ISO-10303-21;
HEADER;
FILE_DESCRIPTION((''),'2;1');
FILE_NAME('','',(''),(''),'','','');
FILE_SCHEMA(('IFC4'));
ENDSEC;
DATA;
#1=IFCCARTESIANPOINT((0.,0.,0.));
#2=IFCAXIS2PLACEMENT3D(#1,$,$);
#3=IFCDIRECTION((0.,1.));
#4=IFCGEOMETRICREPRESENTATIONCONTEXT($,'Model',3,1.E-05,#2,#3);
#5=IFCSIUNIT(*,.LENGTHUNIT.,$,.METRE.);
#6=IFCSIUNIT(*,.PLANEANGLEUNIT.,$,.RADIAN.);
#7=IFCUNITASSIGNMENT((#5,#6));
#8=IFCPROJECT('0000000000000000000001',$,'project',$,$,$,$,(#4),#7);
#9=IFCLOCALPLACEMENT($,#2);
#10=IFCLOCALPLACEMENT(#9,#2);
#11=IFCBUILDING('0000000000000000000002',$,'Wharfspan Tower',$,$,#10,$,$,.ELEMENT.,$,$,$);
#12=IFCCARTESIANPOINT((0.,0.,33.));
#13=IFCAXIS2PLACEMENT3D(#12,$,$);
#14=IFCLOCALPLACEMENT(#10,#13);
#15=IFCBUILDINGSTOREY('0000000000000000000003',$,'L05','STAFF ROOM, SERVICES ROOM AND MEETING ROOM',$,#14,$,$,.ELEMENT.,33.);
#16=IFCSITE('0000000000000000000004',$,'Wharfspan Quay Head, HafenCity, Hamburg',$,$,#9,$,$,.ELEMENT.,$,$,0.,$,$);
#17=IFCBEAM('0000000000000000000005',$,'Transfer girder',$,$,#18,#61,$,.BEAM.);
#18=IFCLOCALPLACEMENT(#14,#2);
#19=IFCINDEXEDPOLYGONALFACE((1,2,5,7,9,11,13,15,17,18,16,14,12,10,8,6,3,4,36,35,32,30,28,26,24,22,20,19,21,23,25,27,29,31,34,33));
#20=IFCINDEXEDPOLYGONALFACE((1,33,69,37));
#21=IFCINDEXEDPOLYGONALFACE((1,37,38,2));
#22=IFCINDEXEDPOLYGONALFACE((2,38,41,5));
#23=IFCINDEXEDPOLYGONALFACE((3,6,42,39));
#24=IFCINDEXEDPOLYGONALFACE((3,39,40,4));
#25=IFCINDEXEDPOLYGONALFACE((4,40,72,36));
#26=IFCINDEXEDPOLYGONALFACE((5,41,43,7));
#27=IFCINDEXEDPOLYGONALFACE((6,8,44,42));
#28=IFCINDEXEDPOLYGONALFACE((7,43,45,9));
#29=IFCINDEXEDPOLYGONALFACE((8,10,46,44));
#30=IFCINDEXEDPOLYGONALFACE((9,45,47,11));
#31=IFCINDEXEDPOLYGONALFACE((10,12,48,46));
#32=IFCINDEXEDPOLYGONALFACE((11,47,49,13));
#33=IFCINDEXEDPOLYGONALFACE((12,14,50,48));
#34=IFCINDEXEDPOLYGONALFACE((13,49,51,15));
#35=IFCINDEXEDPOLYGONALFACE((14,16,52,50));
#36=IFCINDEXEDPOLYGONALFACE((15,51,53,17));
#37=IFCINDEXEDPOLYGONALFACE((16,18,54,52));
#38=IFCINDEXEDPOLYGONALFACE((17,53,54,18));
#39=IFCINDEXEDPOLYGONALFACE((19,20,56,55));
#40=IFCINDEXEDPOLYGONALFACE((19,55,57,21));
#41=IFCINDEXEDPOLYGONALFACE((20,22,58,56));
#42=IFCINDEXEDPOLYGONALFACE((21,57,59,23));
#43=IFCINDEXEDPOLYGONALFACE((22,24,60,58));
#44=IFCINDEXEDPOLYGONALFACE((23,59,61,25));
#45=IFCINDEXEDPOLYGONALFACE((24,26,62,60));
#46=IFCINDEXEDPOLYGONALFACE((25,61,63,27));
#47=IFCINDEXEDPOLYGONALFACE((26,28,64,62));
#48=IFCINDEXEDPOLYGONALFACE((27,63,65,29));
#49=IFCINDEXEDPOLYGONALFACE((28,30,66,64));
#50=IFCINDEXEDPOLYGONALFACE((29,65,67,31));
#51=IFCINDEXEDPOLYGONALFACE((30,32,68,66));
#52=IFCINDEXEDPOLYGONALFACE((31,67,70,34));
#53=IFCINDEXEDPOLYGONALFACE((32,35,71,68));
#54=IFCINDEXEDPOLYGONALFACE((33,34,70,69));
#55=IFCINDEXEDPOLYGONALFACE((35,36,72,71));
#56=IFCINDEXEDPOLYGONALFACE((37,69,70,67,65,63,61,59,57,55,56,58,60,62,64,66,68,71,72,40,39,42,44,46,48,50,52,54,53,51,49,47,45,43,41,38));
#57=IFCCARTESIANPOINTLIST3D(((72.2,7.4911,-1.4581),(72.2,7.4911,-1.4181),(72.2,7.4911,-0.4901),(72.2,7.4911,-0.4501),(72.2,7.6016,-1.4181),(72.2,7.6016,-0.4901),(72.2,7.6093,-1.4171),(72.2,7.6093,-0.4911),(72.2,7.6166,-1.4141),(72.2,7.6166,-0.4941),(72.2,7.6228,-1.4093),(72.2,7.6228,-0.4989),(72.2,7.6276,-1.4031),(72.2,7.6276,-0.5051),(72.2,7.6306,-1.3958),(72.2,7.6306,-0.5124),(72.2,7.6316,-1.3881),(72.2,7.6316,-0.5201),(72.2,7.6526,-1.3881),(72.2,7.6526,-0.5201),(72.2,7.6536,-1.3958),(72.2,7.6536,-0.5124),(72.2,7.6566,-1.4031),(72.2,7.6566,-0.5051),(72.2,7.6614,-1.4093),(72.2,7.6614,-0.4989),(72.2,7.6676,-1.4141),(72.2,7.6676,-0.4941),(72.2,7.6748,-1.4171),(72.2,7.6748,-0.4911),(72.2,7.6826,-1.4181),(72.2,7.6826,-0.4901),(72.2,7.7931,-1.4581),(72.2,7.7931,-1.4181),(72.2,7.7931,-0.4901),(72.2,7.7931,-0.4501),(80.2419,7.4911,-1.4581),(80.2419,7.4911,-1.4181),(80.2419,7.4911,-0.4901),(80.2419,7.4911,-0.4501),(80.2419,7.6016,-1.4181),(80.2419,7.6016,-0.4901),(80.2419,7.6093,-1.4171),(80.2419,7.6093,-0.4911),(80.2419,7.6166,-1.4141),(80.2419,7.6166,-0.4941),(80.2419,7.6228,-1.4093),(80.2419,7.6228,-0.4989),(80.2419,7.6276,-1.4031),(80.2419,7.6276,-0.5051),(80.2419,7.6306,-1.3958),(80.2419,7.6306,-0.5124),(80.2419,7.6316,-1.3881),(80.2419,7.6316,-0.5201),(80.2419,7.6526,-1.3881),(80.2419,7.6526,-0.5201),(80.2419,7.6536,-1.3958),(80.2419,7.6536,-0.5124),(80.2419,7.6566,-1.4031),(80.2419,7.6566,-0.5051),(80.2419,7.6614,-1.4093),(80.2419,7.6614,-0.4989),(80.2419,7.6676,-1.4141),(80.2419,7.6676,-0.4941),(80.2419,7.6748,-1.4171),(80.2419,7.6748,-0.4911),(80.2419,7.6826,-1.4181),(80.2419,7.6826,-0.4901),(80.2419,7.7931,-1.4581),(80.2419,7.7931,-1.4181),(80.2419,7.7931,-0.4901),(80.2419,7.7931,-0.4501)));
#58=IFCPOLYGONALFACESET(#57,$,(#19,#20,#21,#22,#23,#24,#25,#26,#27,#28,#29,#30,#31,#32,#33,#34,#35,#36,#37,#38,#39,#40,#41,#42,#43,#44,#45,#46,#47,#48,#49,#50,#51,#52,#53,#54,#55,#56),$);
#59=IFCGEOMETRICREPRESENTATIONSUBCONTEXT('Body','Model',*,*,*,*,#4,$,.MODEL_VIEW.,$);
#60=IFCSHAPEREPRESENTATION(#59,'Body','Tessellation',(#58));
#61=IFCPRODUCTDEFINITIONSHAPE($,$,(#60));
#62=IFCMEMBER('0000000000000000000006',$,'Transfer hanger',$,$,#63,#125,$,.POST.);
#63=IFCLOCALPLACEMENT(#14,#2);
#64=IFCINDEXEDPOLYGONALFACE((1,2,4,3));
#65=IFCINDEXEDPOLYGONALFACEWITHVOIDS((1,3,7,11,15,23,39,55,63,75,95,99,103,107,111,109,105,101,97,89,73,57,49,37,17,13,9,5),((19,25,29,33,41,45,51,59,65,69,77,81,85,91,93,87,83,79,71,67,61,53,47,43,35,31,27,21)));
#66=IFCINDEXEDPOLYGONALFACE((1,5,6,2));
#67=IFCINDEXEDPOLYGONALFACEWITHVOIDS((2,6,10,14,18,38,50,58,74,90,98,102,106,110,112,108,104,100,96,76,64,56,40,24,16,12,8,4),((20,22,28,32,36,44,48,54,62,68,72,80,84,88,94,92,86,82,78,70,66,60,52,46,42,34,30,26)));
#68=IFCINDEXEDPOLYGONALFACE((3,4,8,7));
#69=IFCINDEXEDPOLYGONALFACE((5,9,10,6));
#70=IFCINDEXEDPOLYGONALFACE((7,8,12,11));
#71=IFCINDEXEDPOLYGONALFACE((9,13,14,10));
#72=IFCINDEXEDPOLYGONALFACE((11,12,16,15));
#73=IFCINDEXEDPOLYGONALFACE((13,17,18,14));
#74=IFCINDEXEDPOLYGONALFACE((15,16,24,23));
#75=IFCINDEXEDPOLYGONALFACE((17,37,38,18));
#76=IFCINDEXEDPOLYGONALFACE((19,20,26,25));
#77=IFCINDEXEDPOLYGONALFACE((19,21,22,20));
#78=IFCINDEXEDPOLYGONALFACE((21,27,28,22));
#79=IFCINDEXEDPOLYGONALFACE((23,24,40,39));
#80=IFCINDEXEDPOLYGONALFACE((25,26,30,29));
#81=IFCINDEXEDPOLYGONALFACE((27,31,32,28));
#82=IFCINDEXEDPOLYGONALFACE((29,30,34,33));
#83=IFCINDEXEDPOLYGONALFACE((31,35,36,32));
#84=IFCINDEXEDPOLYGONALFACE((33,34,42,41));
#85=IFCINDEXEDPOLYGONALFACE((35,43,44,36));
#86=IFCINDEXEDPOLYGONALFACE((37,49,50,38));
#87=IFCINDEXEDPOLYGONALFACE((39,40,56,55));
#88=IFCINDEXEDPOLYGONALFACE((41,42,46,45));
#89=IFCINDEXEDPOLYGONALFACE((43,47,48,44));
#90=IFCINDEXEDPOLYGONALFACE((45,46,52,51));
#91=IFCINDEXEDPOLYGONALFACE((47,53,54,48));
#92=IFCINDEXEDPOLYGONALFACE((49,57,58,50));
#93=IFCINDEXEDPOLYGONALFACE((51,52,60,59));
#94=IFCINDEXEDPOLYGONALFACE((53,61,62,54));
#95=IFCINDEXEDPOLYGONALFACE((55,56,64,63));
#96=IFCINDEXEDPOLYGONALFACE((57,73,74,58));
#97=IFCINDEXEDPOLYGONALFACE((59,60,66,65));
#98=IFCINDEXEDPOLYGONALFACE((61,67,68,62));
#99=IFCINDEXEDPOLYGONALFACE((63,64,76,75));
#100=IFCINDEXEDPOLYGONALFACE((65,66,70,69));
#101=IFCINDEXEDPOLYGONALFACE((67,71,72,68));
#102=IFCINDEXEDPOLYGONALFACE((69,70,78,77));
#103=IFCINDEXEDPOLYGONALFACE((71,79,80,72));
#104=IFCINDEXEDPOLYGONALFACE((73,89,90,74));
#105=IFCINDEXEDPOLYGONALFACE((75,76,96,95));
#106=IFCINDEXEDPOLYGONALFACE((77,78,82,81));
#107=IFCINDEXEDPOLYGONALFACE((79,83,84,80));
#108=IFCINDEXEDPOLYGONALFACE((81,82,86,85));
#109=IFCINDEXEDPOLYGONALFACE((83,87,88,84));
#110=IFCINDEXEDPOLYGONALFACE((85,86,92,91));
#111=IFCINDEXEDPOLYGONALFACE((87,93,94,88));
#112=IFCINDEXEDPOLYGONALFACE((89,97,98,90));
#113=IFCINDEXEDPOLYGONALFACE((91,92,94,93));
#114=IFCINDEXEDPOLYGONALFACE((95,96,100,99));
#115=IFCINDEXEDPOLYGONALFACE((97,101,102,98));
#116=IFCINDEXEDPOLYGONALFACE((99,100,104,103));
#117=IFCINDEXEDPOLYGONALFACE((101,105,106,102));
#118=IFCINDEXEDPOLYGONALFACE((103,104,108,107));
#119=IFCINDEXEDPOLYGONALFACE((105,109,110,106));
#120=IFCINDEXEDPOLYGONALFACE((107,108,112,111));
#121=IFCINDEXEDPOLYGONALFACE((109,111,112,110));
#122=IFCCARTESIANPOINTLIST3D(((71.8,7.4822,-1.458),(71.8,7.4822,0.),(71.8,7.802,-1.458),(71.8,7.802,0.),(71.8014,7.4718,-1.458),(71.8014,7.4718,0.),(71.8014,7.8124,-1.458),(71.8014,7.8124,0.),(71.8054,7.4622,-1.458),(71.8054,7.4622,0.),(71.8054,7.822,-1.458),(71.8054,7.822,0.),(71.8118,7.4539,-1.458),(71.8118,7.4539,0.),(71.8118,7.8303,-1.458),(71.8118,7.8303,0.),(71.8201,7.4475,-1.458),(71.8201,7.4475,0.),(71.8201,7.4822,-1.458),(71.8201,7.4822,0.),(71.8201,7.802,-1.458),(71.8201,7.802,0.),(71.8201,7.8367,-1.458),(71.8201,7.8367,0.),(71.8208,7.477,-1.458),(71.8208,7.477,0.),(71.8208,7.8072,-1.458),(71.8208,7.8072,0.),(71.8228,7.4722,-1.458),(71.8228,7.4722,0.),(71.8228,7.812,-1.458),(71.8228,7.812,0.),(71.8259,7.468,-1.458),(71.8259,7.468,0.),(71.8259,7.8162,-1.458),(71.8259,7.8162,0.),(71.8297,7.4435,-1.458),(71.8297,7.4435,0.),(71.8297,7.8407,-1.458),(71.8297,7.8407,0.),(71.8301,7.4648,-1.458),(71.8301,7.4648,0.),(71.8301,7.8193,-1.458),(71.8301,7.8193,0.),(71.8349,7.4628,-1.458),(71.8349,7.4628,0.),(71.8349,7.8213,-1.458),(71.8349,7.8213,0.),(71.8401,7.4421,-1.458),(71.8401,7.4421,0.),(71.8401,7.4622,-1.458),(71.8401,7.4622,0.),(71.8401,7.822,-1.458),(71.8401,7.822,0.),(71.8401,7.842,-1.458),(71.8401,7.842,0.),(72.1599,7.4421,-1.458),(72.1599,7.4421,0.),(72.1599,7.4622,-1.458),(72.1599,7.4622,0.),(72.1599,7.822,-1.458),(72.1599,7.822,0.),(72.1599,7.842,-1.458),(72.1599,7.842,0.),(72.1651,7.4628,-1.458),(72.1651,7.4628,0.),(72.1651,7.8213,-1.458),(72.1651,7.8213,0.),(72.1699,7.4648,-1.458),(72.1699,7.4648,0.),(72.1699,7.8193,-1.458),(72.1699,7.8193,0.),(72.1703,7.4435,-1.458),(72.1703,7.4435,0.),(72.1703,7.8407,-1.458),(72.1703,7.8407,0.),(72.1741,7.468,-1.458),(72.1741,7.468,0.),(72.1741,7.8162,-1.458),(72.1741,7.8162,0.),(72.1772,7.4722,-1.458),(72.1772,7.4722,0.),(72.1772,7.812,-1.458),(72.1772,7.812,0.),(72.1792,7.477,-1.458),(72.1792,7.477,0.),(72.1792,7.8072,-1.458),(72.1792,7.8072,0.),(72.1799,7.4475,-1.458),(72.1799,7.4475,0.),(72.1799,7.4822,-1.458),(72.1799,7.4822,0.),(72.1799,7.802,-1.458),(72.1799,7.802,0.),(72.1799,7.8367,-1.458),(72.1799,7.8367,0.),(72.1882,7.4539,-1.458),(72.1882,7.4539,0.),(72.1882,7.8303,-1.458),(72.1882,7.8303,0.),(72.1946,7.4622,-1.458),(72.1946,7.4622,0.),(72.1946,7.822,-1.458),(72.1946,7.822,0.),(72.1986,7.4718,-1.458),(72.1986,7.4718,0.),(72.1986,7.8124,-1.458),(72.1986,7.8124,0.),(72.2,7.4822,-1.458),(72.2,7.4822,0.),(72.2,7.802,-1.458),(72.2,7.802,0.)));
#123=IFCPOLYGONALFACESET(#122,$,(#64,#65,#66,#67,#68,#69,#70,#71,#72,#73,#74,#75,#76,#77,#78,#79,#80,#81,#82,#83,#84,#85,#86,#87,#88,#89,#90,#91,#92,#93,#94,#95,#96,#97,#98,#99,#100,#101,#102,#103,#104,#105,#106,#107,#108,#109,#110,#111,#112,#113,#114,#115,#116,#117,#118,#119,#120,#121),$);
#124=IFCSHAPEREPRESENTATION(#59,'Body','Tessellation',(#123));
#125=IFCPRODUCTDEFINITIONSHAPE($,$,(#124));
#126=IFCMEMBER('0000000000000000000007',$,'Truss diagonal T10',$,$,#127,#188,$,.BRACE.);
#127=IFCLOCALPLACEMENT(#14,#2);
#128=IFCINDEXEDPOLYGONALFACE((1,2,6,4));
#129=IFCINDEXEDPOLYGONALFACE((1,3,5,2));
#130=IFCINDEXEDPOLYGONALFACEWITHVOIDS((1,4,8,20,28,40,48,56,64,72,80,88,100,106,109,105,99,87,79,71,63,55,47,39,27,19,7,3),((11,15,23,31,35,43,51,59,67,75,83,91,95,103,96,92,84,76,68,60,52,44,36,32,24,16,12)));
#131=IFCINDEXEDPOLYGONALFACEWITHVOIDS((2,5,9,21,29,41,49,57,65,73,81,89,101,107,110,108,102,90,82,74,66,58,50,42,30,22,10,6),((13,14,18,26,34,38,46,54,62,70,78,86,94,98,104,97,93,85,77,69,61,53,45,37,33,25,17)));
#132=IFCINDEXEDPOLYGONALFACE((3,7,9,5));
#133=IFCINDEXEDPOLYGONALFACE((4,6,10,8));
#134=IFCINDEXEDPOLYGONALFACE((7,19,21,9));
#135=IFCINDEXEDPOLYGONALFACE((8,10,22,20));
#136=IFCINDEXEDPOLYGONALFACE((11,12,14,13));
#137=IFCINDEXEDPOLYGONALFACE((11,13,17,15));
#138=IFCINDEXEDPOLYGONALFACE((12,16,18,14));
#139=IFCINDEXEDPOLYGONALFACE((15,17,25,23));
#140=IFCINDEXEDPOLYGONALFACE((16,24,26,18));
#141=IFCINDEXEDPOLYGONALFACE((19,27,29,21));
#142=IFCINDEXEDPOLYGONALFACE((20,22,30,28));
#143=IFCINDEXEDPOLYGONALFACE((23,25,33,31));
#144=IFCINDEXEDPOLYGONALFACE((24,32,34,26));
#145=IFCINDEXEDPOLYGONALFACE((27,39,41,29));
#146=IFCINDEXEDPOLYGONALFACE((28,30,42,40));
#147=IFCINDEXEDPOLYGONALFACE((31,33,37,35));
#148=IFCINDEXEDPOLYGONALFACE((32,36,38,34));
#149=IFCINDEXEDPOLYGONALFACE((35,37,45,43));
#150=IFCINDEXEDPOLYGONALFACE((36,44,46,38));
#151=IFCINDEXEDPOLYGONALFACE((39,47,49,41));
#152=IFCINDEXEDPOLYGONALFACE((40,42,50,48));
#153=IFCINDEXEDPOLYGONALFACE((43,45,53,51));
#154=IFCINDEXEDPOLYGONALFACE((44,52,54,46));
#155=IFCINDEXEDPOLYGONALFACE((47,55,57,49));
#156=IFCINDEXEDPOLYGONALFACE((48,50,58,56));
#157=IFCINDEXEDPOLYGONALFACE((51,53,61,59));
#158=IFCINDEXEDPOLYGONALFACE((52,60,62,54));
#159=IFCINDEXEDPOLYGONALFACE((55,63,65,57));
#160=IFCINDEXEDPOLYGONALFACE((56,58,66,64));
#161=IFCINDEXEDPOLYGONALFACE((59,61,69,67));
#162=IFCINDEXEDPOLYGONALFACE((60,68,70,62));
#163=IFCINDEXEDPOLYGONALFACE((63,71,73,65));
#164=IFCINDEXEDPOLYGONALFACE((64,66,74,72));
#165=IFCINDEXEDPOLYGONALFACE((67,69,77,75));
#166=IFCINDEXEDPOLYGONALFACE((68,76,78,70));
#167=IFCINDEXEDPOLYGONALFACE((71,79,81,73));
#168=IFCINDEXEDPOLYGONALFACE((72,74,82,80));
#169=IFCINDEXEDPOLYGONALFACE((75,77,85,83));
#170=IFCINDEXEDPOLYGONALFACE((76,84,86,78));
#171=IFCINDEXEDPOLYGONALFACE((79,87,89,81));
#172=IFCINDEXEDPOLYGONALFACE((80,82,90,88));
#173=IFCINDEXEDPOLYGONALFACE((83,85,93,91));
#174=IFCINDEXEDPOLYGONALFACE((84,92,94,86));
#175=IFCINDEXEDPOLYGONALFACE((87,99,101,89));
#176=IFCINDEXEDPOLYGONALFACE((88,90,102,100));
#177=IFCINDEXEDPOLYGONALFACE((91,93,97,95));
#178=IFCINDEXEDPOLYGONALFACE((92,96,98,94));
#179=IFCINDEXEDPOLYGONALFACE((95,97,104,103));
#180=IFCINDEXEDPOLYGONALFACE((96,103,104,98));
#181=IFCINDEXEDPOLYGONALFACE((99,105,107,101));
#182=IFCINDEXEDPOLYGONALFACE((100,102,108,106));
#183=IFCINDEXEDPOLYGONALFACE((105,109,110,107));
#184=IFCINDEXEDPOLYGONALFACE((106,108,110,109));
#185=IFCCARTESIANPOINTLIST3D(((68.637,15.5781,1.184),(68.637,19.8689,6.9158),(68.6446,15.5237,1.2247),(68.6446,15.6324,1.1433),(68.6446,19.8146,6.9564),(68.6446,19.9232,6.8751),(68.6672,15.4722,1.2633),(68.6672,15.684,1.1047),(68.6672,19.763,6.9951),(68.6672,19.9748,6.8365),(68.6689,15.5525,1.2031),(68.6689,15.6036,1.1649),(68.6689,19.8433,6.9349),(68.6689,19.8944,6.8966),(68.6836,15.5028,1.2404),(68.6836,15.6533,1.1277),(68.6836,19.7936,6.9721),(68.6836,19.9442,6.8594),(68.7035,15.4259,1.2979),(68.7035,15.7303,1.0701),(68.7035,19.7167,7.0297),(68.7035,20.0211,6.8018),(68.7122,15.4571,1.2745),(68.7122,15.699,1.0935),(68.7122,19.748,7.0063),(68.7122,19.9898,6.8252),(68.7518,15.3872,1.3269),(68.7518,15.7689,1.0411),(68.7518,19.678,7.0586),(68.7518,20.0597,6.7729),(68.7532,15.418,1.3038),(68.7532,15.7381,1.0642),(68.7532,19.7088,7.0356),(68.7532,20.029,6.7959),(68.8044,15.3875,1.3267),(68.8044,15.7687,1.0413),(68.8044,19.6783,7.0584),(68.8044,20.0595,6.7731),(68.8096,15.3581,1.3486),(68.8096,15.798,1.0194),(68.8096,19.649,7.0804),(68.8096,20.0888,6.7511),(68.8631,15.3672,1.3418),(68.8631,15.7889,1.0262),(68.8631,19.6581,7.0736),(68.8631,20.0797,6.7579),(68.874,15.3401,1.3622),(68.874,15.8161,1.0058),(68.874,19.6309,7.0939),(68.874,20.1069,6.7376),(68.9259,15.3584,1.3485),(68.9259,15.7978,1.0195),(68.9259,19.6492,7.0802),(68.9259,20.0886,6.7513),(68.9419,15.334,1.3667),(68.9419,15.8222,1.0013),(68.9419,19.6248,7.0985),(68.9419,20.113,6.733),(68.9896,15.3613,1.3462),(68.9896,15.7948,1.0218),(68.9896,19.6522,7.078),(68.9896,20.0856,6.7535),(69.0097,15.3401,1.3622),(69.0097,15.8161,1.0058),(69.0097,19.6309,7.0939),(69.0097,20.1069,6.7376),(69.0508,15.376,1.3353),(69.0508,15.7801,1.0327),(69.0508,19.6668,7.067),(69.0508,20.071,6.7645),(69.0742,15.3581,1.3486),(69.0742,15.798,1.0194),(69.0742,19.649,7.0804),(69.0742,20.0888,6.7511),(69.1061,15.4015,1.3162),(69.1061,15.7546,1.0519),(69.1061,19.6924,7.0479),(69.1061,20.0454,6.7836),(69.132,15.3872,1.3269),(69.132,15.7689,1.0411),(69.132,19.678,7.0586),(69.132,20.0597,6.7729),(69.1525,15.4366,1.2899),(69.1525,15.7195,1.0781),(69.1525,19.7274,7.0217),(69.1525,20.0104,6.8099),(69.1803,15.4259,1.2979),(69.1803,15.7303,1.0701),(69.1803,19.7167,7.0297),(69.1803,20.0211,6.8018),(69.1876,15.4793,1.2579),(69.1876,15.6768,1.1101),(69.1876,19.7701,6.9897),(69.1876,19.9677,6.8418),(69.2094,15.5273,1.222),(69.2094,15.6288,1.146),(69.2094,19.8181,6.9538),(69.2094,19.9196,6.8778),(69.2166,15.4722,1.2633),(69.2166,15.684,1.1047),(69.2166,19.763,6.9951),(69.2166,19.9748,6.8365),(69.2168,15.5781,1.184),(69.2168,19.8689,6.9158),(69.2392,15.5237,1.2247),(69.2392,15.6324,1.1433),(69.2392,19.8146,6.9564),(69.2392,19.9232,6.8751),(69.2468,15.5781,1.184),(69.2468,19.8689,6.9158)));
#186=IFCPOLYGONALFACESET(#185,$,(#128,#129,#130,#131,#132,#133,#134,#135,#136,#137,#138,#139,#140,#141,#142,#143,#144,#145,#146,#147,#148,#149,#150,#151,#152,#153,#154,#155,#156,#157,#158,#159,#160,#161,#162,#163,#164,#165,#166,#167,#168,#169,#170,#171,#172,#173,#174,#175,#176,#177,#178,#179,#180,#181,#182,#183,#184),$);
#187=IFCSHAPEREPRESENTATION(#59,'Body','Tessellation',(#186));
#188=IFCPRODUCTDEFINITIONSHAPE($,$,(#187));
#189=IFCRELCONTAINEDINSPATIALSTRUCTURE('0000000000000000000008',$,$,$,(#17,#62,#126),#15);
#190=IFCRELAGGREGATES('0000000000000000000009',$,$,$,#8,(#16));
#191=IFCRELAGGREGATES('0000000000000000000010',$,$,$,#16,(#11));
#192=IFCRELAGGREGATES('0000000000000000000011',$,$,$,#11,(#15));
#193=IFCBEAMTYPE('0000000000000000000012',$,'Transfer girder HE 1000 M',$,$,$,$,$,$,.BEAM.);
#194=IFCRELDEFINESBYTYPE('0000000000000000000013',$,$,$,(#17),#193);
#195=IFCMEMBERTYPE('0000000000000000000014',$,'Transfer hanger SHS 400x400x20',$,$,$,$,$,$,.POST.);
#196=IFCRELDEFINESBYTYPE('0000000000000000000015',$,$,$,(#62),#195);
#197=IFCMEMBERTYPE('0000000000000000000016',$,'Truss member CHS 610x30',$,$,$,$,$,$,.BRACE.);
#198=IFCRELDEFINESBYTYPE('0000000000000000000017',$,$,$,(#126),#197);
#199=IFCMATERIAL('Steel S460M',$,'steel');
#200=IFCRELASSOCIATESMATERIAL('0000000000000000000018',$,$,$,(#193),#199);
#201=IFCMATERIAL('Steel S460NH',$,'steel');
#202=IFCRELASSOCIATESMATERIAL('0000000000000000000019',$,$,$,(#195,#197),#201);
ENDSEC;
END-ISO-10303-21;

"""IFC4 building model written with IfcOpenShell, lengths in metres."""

from ifc_helpers import new_model, si_unit, direction, frame, origin, origin_2d, place, context, subcontext, project, spatial, hollow_rectangle, hollow_circle, i_section, extrude, material, material_profile, profile_set, type_object, element, save


model = new_model("IFC4")

# Units and contexts
model_context = context("Model", 3, precision=1e-05, world=origin(), true_north=direction((0.0, 1.0)))
body_context = subcontext(model_context, "Body", "Model", "MODEL_VIEW")
ifc_project = project(units=[si_unit("LENGTHUNIT", "METRE"), si_unit("PLANEANGLEUNIT", "RADIAN")], contexts=[model_context])

# Site, building, storey
site_placement = place(None, origin())
site = spatial("IfcSite", under=ifc_project, at=site_placement, Name="Wharfspan Quay Head, HafenCity, Hamburg", CompositionType="ELEMENT", RefElevation=0.0)
building_placement = place(site_placement, origin())
building = spatial("IfcBuilding", under=site, at=building_placement, Name="Wharfspan Tower", CompositionType="ELEMENT")
storey_placement = place(building_placement, frame((0.0, 0.0, 33.0)))
storey = spatial("IfcBuildingStorey", under=building, at=storey_placement, Name="L05", Description="STAFF ROOM, SERVICES ROOM AND MEETING ROOM", CompositionType="ELEMENT", Elevation=33.0)

# Beam
ifc_material_1 = material(Name="Steel S460M", Category="steel")
ifc_material_profile_1 = material_profile(ifc_material_1, i_section(OverallWidth=0.302, OverallDepth=1.0081, WebThickness=0.021, FlangeThickness=0.04, FilletRadius=0.03, at=origin_2d()))
ifc_profile_set_1 = profile_set([ifc_material_profile_1], Name="Steel S460M")
beam_type = type_object("IfcBeamType", Name="Transfer girder HE 1000 M", PredefinedType="BEAM", material=ifc_profile_set_1)
beam_placement = place(storey_placement, frame((72.2, 7.6421, -0.9541), z_axis=(1.0, 0.0, 0.0), x_axis=(0.0, 1.0, 0.0)))
element("IfcBeam", 1, at=beam_placement, inside=storey, type_object=beam_type, Name="Transfer girder", PredefinedType="BEAM", context=body_context, shape_type="SweptSolid", body=[
    extrude(i_section(OverallWidth=0.302, OverallDepth=1.0081, WebThickness=0.021, FlangeThickness=0.04, FilletRadius=0.03, at=origin_2d()), origin(), (0.0, 0.0, 1.0), 8.042),
])

# Members
ifc_material_2 = material(Name="Steel S460NH", Category="steel")
ifc_material_profile_2 = material_profile(ifc_material_2, hollow_rectangle(XDim=0.3999, YDim=0.3999, WallThickness=0.02, InnerFilletRadius=0.02, OuterFilletRadius=0.04, at=origin_2d()))
ifc_profile_set_2 = profile_set([ifc_material_profile_2], Name="Steel S460NH")
member_type_1 = type_object("IfcMemberType", Name="Transfer hanger SHS 400x400x20", PredefinedType="POST", material=ifc_profile_set_2)
member_1_placement = place(storey_placement, frame((72.0, 7.6421, -1.458), z_axis=(0.0, 0.0, 1.0), x_axis=(1.0, 0.0, 0.0)))
element("IfcMember", 2, at=member_1_placement, inside=storey, type_object=member_type_1, Name="Transfer hanger", PredefinedType="POST", context=body_context, shape_type="SweptSolid", body=[
    extrude(hollow_rectangle(XDim=0.3999, YDim=0.3999, WallThickness=0.02, InnerFilletRadius=0.02, OuterFilletRadius=0.04, at=origin_2d()), origin(), (0.0, 0.0, 1.0), 1.458),
])
ifc_material_profile_3 = material_profile(ifc_material_2, hollow_circle(Radius=0.3049, WallThickness=0.03, at=origin_2d()))
ifc_profile_set_3 = profile_set([ifc_material_profile_3], Name="Steel S460NH")
member_type_2 = type_object("IfcMemberType", Name="Truss member CHS 610x30", PredefinedType="BRACE", material=ifc_profile_set_3)
member_2_placement = place(storey_placement, frame((68.9419, 19.8689, 6.9158), z_axis=(0.0, -0.599285, -0.800536), x_axis=(1.0, 0.0, 0.0)))
element("IfcMember", 3, at=member_2_placement, inside=storey, type_object=member_type_2, Name="Truss diagonal T10", PredefinedType="BRACE", context=body_context, shape_type="SweptSolid", body=[
    extrude(hollow_circle(Radius=0.3049, WallThickness=0.03, at=origin_2d()), origin(), (0.0, 0.0, 1.0), 7.1599),
])

save(model, "model.ifc")
